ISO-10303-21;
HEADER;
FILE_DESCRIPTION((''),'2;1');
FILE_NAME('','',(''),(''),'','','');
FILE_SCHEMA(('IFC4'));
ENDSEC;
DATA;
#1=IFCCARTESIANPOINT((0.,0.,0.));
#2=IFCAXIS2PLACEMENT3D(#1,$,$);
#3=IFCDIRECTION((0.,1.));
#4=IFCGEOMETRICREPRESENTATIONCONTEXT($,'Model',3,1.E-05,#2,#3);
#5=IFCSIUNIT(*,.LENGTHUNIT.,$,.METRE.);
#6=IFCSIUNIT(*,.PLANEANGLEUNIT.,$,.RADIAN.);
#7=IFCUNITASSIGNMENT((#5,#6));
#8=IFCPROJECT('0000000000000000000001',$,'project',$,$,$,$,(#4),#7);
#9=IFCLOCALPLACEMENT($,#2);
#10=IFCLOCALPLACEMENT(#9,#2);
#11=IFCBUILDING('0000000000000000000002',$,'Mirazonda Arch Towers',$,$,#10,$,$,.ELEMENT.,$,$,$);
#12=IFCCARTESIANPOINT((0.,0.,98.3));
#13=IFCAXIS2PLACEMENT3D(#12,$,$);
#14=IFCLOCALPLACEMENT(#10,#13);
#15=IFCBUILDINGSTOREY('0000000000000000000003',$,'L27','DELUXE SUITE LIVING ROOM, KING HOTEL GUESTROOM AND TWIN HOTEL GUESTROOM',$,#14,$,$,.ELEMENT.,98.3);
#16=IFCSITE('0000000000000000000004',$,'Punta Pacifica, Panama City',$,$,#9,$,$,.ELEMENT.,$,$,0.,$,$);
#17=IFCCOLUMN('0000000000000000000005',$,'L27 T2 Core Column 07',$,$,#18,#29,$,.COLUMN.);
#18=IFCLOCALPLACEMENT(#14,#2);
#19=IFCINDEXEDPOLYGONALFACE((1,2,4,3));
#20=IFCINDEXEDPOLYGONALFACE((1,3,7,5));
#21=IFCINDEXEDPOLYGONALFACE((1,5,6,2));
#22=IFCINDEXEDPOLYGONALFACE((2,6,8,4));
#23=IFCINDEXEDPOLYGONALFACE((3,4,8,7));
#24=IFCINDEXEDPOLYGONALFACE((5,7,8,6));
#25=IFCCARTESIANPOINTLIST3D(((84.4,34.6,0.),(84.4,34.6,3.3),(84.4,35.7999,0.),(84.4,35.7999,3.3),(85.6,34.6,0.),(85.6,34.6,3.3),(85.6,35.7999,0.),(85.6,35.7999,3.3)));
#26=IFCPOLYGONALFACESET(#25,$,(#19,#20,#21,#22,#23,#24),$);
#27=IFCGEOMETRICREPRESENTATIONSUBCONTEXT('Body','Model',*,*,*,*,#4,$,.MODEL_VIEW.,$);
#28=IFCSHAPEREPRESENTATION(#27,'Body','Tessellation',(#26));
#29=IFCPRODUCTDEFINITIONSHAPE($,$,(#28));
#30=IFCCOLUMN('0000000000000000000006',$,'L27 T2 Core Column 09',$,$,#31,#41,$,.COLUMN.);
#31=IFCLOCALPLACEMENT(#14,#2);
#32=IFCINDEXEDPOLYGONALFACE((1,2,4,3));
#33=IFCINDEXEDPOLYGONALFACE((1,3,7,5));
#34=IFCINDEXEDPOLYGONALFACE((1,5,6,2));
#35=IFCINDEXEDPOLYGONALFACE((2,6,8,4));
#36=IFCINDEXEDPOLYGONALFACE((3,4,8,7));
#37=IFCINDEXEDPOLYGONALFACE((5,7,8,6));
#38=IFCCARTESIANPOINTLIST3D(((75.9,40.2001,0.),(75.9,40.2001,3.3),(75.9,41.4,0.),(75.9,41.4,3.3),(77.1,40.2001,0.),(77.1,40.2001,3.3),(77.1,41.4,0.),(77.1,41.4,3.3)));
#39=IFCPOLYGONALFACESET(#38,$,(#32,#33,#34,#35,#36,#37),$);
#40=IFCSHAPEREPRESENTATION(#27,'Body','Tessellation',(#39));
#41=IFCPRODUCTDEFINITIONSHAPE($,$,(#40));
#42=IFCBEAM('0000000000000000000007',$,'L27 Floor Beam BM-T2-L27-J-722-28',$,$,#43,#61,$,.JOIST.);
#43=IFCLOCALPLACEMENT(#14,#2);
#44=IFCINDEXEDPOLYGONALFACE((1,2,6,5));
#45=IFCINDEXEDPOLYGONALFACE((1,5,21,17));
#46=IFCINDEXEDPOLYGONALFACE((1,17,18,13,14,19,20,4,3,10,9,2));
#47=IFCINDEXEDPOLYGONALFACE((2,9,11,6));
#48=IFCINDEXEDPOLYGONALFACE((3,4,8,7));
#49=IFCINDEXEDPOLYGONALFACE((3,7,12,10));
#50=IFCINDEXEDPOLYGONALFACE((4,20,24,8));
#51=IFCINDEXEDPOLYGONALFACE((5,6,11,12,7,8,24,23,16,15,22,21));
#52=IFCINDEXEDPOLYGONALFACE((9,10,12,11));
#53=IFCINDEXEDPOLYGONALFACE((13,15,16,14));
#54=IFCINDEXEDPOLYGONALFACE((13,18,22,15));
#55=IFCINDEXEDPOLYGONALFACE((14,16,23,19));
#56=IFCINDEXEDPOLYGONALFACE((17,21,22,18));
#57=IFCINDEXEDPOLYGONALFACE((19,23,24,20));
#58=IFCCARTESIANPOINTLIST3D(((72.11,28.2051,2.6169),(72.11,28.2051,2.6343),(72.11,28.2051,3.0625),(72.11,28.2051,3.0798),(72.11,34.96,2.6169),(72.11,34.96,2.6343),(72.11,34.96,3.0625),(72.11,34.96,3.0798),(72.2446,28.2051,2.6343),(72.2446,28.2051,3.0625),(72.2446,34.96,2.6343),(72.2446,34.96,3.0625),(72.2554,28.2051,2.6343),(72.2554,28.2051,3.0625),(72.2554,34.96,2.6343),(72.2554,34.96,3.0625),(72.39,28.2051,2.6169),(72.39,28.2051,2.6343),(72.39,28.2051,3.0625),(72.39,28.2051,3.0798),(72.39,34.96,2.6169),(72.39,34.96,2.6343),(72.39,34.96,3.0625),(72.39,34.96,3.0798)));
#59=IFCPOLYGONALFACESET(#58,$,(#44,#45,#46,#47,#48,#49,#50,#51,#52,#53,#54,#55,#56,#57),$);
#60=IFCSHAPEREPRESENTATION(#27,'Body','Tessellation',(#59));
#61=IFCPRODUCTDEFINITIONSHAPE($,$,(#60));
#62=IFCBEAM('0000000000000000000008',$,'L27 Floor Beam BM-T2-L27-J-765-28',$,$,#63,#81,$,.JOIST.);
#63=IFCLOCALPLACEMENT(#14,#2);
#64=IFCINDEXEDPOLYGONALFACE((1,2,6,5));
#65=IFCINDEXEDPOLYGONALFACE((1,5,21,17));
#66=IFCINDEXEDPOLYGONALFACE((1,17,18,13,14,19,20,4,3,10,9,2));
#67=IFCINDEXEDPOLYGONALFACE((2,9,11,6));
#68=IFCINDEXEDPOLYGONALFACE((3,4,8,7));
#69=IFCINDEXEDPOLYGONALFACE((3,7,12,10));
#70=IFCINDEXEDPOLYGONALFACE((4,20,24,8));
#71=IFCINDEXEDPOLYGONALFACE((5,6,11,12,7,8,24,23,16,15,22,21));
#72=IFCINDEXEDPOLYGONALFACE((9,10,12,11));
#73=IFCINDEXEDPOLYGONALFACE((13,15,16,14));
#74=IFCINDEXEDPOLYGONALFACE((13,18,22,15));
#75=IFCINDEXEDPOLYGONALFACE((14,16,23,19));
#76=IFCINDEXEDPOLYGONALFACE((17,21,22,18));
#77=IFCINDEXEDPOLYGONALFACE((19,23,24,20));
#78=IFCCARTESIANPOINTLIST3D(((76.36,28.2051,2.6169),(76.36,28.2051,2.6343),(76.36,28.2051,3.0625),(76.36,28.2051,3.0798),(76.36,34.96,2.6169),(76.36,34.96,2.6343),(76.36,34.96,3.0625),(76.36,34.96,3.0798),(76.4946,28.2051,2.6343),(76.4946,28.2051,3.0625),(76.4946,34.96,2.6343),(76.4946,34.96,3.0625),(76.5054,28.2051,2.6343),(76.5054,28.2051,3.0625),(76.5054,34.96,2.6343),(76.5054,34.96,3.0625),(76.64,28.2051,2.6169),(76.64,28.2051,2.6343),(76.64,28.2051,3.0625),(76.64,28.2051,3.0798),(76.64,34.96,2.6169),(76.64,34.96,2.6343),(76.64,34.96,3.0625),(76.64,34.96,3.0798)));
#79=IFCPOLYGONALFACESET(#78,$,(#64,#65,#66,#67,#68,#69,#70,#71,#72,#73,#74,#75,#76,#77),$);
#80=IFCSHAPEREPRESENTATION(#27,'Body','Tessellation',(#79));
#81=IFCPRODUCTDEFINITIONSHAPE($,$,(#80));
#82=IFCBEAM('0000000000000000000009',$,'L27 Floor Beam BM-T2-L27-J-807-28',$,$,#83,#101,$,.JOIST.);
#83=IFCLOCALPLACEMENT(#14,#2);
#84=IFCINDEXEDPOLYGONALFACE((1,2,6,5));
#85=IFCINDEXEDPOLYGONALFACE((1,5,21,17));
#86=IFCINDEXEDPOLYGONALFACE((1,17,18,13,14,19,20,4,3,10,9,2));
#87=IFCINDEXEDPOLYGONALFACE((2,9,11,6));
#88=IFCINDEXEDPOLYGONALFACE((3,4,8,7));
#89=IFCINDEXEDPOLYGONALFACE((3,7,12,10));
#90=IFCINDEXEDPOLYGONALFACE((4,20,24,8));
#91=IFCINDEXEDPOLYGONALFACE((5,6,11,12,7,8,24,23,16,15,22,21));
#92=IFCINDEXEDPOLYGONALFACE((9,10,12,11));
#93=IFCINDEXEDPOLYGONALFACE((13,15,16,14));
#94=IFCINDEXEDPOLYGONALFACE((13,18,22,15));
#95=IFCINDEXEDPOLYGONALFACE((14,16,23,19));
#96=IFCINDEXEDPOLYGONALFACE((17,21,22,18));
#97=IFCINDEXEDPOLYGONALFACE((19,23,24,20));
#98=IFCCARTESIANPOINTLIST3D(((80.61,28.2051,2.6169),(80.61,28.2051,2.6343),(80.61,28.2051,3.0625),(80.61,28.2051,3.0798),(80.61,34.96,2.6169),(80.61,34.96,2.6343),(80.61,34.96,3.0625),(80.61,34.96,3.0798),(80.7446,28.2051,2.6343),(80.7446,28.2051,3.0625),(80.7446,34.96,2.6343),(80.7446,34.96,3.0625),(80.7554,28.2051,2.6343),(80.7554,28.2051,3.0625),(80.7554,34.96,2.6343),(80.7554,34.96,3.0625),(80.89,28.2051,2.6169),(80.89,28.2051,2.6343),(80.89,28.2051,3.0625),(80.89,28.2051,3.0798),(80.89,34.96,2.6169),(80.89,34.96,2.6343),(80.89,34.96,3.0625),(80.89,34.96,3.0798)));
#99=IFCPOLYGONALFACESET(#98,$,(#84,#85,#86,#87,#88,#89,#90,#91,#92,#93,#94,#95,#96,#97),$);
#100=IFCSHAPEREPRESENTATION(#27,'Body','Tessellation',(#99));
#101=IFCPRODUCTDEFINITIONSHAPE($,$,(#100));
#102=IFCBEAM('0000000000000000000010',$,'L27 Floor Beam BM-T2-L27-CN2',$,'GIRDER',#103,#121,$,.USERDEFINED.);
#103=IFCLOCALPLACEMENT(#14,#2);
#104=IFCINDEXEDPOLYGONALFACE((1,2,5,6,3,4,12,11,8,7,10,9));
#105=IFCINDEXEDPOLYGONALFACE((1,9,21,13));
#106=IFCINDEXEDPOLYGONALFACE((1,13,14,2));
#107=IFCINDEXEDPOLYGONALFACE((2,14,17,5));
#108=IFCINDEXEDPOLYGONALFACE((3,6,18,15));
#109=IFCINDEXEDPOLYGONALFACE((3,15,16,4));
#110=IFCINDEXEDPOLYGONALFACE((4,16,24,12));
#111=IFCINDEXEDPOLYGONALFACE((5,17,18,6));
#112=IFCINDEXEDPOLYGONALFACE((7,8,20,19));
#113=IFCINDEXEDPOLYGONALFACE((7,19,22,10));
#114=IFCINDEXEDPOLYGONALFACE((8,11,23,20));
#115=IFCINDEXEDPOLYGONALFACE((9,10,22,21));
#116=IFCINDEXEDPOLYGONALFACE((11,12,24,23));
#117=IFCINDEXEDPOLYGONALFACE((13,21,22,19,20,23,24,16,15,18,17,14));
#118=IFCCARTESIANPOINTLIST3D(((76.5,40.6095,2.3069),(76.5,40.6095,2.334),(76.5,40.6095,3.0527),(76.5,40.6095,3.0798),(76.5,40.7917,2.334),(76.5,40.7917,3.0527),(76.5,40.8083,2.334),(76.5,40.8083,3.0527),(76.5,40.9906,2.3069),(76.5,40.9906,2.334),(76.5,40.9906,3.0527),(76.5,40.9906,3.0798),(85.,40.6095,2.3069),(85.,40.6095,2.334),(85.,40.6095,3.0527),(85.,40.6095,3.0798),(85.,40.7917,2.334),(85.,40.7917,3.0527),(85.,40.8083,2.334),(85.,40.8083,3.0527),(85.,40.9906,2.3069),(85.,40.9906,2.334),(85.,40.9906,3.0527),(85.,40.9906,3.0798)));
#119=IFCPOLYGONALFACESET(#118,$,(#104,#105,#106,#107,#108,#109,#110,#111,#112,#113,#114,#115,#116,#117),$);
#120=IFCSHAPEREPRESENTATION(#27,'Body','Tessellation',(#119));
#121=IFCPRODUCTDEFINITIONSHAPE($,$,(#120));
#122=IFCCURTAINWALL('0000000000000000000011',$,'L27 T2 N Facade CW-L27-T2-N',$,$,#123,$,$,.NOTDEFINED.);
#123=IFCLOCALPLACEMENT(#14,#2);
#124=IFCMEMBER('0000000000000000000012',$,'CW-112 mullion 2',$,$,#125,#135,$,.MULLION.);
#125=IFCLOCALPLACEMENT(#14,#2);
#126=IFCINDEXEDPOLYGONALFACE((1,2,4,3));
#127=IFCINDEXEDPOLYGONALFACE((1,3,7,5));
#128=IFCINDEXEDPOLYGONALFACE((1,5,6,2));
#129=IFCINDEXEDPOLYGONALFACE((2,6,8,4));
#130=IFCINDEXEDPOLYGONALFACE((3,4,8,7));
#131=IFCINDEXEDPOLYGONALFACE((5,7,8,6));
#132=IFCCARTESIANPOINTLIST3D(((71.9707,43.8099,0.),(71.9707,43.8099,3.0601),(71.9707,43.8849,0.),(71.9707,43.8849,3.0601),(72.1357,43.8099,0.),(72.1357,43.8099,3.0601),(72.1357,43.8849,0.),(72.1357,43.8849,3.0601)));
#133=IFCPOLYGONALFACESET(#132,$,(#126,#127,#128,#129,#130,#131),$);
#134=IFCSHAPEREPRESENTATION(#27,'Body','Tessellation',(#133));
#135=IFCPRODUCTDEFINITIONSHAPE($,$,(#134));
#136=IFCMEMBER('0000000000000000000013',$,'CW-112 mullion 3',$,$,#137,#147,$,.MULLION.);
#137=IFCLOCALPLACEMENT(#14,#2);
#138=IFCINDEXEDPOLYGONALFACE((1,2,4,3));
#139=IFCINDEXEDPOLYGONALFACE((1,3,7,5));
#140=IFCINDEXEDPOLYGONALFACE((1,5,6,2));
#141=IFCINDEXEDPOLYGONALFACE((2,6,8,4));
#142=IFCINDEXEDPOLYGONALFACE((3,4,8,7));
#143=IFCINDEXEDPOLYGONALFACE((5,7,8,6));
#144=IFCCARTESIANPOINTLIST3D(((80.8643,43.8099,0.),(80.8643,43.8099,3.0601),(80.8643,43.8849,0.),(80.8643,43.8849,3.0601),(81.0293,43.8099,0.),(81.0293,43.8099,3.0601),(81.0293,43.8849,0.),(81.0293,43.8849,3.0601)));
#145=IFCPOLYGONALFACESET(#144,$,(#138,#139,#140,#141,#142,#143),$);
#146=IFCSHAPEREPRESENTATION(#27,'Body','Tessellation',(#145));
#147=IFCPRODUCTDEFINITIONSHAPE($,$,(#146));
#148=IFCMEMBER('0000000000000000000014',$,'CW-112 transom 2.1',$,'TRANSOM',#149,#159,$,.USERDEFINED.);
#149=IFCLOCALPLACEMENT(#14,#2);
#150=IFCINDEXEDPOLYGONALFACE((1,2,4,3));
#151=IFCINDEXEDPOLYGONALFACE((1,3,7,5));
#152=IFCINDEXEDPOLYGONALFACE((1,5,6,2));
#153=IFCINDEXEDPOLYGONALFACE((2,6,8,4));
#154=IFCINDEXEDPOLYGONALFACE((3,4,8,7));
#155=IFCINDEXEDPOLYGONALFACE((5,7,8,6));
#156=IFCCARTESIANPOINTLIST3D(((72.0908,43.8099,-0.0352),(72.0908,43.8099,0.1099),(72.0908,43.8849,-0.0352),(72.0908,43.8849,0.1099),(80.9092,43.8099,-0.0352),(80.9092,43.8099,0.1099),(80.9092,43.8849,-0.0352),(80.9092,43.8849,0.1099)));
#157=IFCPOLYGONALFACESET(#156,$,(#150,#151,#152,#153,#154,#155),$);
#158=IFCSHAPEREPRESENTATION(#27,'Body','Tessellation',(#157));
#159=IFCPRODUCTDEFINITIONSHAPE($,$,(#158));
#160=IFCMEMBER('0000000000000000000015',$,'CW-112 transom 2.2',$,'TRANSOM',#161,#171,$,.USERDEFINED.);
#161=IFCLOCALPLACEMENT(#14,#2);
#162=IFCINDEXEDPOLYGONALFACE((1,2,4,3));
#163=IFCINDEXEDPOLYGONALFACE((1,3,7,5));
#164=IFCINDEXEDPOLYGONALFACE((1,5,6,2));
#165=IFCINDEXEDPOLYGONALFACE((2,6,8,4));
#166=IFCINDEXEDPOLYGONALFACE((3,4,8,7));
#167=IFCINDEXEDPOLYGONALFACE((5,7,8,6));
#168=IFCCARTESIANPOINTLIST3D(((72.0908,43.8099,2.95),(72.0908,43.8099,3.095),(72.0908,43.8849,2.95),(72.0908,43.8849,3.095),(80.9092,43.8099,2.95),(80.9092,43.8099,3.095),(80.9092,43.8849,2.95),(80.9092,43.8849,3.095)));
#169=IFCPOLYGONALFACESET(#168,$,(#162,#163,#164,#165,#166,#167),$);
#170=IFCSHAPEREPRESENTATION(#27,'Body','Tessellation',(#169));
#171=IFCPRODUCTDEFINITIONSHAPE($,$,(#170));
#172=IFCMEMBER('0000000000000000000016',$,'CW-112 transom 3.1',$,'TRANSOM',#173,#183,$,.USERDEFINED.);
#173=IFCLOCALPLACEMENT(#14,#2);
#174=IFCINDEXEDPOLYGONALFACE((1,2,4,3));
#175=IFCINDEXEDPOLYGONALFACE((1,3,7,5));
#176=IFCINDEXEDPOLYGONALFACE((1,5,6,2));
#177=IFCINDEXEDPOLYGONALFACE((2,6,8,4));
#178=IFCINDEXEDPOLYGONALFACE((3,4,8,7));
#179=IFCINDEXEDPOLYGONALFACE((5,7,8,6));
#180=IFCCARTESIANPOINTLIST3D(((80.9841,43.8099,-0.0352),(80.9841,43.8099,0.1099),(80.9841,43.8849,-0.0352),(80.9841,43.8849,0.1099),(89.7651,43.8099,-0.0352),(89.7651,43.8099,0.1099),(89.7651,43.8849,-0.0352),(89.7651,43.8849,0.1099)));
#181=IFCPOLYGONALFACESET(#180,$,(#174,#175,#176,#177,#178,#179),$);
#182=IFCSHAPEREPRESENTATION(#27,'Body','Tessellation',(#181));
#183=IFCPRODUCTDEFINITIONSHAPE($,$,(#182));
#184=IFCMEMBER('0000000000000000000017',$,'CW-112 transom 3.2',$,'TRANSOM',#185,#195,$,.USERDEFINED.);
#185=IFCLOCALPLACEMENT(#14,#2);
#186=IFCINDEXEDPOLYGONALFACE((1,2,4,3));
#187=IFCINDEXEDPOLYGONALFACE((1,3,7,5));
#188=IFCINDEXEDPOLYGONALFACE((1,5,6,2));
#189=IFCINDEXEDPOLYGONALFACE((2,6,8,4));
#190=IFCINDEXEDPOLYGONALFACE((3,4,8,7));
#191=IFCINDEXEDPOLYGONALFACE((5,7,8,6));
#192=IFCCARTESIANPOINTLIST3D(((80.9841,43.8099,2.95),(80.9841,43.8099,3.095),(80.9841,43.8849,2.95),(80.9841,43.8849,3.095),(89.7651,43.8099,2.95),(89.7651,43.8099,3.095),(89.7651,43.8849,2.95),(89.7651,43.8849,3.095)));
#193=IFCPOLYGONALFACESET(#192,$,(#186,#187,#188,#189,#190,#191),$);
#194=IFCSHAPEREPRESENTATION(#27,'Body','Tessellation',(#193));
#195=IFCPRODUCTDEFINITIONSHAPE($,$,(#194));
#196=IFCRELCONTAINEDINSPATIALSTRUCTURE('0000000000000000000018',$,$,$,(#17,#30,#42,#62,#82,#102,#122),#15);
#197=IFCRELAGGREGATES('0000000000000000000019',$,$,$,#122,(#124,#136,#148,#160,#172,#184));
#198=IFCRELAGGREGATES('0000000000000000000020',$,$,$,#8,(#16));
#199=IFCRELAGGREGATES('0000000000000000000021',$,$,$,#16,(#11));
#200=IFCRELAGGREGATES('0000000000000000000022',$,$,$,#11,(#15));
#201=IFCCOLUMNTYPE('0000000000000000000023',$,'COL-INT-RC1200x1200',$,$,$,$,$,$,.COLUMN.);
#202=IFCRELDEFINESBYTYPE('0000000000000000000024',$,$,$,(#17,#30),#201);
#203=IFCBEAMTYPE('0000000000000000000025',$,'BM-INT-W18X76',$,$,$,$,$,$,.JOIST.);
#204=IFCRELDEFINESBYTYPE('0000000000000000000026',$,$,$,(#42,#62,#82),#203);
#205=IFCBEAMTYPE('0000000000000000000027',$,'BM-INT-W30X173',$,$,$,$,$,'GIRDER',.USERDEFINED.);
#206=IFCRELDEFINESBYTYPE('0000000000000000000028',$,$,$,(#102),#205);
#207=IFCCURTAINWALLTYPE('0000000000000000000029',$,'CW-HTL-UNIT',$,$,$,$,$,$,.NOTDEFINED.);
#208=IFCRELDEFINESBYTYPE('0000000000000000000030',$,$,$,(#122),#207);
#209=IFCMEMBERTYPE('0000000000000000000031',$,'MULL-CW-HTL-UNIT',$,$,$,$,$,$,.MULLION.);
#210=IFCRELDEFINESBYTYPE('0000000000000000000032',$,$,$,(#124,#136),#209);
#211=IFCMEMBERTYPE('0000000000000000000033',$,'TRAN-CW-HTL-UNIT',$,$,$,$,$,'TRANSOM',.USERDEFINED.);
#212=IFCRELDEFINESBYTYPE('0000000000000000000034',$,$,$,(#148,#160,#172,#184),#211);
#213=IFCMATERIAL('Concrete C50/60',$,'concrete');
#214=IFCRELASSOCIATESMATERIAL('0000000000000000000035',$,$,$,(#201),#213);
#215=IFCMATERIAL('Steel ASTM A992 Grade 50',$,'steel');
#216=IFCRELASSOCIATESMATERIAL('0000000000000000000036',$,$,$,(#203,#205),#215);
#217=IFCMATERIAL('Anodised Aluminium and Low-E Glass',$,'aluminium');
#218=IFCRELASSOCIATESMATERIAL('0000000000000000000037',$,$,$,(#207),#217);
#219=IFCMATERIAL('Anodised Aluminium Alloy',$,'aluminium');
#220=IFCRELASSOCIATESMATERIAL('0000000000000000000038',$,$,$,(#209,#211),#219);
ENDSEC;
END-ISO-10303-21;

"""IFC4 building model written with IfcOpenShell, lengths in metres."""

from ifc_helpers import new_model, si_unit, direction, frame, origin, origin_2d, place, context, subcontext, project, spatial, rectangle, i_section, extrude, material, material_profile, profile_set, type_object, element, aggregate, save


model = new_model("IFC4")

# Units and contexts
model_context = context("Model", 3, precision=1e-05, world=origin(), true_north=direction((0.0, 1.0)))
body_context = subcontext(model_context, "Body", "Model", "MODEL_VIEW")
ifc_project = project(units=[si_unit("LENGTHUNIT", "METRE"), si_unit("PLANEANGLEUNIT", "RADIAN")], contexts=[model_context])

# Site, building, storey
site_placement = place(None, origin())
site = spatial("IfcSite", under=ifc_project, at=site_placement, Name="Punta Pacifica, Panama City", CompositionType="ELEMENT", RefElevation=0.0)
building_placement = place(site_placement, origin())
building = spatial("IfcBuilding", under=site, at=building_placement, Name="Mirazonda Arch Towers", CompositionType="ELEMENT")
storey_placement = place(building_placement, frame((0.0, 0.0, 98.3)))
storey = spatial("IfcBuildingStorey", under=building, at=storey_placement, Name="L27", Description="DELUXE SUITE LIVING ROOM, KING HOTEL GUESTROOM AND TWIN HOTEL GUESTROOM", CompositionType="ELEMENT", Elevation=98.3)

# Columns
ifc_material_1 = material(Name="Concrete C50/60", Category="concrete")
ifc_material_profile_1 = material_profile(ifc_material_1, rectangle(XDim=1.2, YDim=1.2, at=origin_2d()), Name="RC1200x1200")
ifc_profile_set_1 = profile_set([ifc_material_profile_1], Name="Concrete C50/60")
column_type = type_object("IfcColumnType", Name="COL-INT-RC1200x1200", PredefinedType="COLUMN", material=ifc_profile_set_1)
for number, where, z_axis, x_axis, name in (
    (1, (85.0, 35.2, 0.0), (0.0, 0.0, 1.0), (1.0, 0.0, 0.0), "L27 T2 Core Column 07"),
    (2, (76.5, 40.8, 0.0), (0.0, 0.0, 1.0), (1.0, 0.0, 0.0), "L27 T2 Core Column 09"),
):
    element("IfcColumn", number, at=place(storey_placement, frame(where, z_axis=z_axis, x_axis=x_axis)), inside=storey, type_object=column_type, Name=name, PredefinedType="COLUMN", context=body_context, shape_type="SweptSolid", body=[
        extrude(rectangle(XDim=1.2, YDim=1.2, at=origin_2d()), origin(), (0.0, 0.0, 1.0), 3.3),
    ])

# Beams
ifc_material_2 = material(Name="Steel ASTM A992 Grade 50", Category="steel")
ifc_material_profile_2 = material_profile(ifc_material_2, i_section(OverallWidth=0.28, OverallDepth=0.4629, WebThickness=0.0107, FlangeThickness=0.0173, at=origin_2d()), Name="W18X76")
ifc_profile_set_2 = profile_set([ifc_material_profile_2], Name="Steel ASTM A992 Grade 50")
beam_type_1 = type_object("IfcBeamType", Name="BM-INT-W18X76", PredefinedType="JOIST", material=ifc_profile_set_2)
for number, where, z_axis, x_axis, name in (
    (3, (72.25, 28.2051, 2.8484), (0.0, 1.0, 0.0), (-1.0, 0.0, 0.0), "L27 Floor Beam BM-T2-L27-J-722-28"),
    (4, (76.5, 28.2051, 2.8484), (0.0, 1.0, 0.0), (-1.0, 0.0, 0.0), "L27 Floor Beam BM-T2-L27-J-765-28"),
    (5, (80.75, 28.2051, 2.8484), (0.0, 1.0, 0.0), (-1.0, 0.0, 0.0), "L27 Floor Beam BM-T2-L27-J-807-28"),
):
    element("IfcBeam", number, at=place(storey_placement, frame(where, z_axis=z_axis, x_axis=x_axis)), inside=storey, type_object=beam_type_1, Name=name, PredefinedType="JOIST", context=body_context, shape_type="SweptSolid", body=[
        extrude(i_section(OverallWidth=0.28, OverallDepth=0.4629, WebThickness=0.0107, FlangeThickness=0.0173, at=origin_2d()), origin(), (0.0, 0.0, 1.0), 6.7549),
    ])
ifc_material_profile_3 = material_profile(ifc_material_2, i_section(OverallWidth=0.3811, OverallDepth=0.7729, WebThickness=0.0166, FlangeThickness=0.0271, at=origin_2d()), Name="W30X173")
ifc_profile_set_3 = profile_set([ifc_material_profile_3], Name="Steel ASTM A992 Grade 50")
beam_type_2 = type_object("IfcBeamType", Name="BM-INT-W30X173", ElementType="GIRDER", PredefinedType="USERDEFINED", material=ifc_profile_set_3)
beam_placement = place(storey_placement, frame((76.5, 40.8, 2.6934), z_axis=(1.0, 0.0, 0.0), x_axis=(0.0, 1.0, 0.0)))
element("IfcBeam", 6, at=beam_placement, inside=storey, type_object=beam_type_2, Name="L27 Floor Beam BM-T2-L27-CN2", ObjectType="GIRDER", PredefinedType="USERDEFINED", context=body_context, shape_type="SweptSolid", body=[
    extrude(i_section(OverallWidth=0.3811, OverallDepth=0.7729, WebThickness=0.0166, FlangeThickness=0.0271, at=origin_2d()), origin(), (0.0, 0.0, 1.0), 8.5),
])

# Curtain wall, members
ifc_material_3 = material(Name="Anodised Aluminium and Low-E Glass", Category="aluminium")
curtain_wall_type = type_object("IfcCurtainWallType", Name="CW-HTL-UNIT", PredefinedType="NOTDEFINED", material=ifc_material_3)
curtain_wall_placement = place(storey_placement, origin())
curtain_wall = element("IfcCurtainWall", 7, at=curtain_wall_placement, inside=storey, type_object=curtain_wall_type, Name="L27 T2 N Facade CW-L27-T2-N", PredefinedType="NOTDEFINED")
ifc_material_4 = material(Name="Anodised Aluminium Alloy", Category="aluminium")
ifc_material_profile_4 = material_profile(ifc_material_4, rectangle(XDim=0.075, YDim=0.165, at=origin_2d()), Name="ALU-MULL-75x165")
ifc_profile_set_4 = profile_set([ifc_material_profile_4], Name="Anodised Aluminium Alloy")
member_type_1 = type_object("IfcMemberType", Name="MULL-CW-HTL-UNIT", PredefinedType="MULLION", material=ifc_profile_set_4)
member_1_placement = place(storey_placement, frame((72.0532, 43.8474, 0.0), z_axis=(0.0, 0.0, 1.0), x_axis=(0.0, 1.0, 0.0)))
member_1 = element("IfcMember", 8, at=member_1_placement, type_object=member_type_1, Name="CW-112 mullion 2", PredefinedType="MULLION", context=body_context, shape_type="SweptSolid", body=[
    extrude(rectangle(XDim=0.075, YDim=0.165, at=origin_2d()), origin(), (0.0, 0.0, 1.0), 3.0601),
])
member_2_placement = place(storey_placement, frame((80.9468, 43.8474, 0.0), z_axis=(0.0, 0.0, 1.0), x_axis=(0.0, 1.0, 0.0)))
member_2 = element("IfcMember", 9, at=member_2_placement, type_object=member_type_1, Name="CW-112 mullion 3", PredefinedType="MULLION", context=body_context, shape_type="SweptSolid", body=[
    extrude(rectangle(XDim=0.075, YDim=0.165, at=origin_2d()), origin(), (0.0, 0.0, 1.0), 3.0601),
])
ifc_material_profile_5 = material_profile(ifc_material_4, rectangle(XDim=0.075, YDim=0.145, at=origin_2d()), Name="ALU-TRAN-75x145")
ifc_profile_set_5 = profile_set([ifc_material_profile_5], Name="Anodised Aluminium Alloy")
member_type_2 = type_object("IfcMemberType", Name="TRAN-CW-HTL-UNIT", ElementType="TRANSOM", PredefinedType="USERDEFINED", material=ifc_profile_set_5)
member_3_placement = place(storey_placement, frame((72.0908, 43.8474, 0.0374), z_axis=(1.0, 0.0, 0.0), x_axis=(0.0, 1.0, 0.0)))
member_3 = element("IfcMember", 10, at=member_3_placement, type_object=member_type_2, Name="CW-112 transom 2.1", ObjectType="TRANSOM", PredefinedType="USERDEFINED", context=body_context, shape_type="SweptSolid", body=[
    extrude(rectangle(XDim=0.075, YDim=0.145, at=origin_2d()), origin(), (0.0, 0.0, 1.0), 8.8184),
])
member_4_placement = place(storey_placement, frame((72.0908, 43.8474, 3.0225), z_axis=(1.0, 0.0, 0.0), x_axis=(0.0, 1.0, 0.0)))
member_4 = element("IfcMember", 11, at=member_4_placement, type_object=member_type_2, Name="CW-112 transom 2.2", ObjectType="TRANSOM", PredefinedType="USERDEFINED", context=body_context, shape_type="SweptSolid", body=[
    extrude(rectangle(XDim=0.075, YDim=0.145, at=origin_2d()), origin(), (0.0, 0.0, 1.0), 8.8184),
])
member_5_placement = place(storey_placement, frame((80.9841, 43.8474, 0.0374), z_axis=(1.0, 0.0, 0.0), x_axis=(0.0, 1.0, 0.0)))
member_5 = element("IfcMember", 12, at=member_5_placement, type_object=member_type_2, Name="CW-112 transom 3.1", ObjectType="TRANSOM", PredefinedType="USERDEFINED", context=body_context, shape_type="SweptSolid", body=[
    extrude(rectangle(XDim=0.075, YDim=0.145, at=origin_2d()), origin(), (0.0, 0.0, 1.0), 8.781),
])
member_6_placement = place(storey_placement, frame((80.9841, 43.8474, 3.0225), z_axis=(1.0, 0.0, 0.0), x_axis=(0.0, 1.0, 0.0)))
member_6 = element("IfcMember", 13, at=member_6_placement, type_object=member_type_2, Name="CW-112 transom 3.2", ObjectType="TRANSOM", PredefinedType="USERDEFINED", context=body_context, shape_type="SweptSolid", body=[
    extrude(rectangle(XDim=0.075, YDim=0.145, at=origin_2d()), origin(), (0.0, 0.0, 1.0), 8.781),
])
aggregate(curtain_wall, [member_1, member_2, member_3, member_4, member_5, member_6])

save(model, "model.ifc")
